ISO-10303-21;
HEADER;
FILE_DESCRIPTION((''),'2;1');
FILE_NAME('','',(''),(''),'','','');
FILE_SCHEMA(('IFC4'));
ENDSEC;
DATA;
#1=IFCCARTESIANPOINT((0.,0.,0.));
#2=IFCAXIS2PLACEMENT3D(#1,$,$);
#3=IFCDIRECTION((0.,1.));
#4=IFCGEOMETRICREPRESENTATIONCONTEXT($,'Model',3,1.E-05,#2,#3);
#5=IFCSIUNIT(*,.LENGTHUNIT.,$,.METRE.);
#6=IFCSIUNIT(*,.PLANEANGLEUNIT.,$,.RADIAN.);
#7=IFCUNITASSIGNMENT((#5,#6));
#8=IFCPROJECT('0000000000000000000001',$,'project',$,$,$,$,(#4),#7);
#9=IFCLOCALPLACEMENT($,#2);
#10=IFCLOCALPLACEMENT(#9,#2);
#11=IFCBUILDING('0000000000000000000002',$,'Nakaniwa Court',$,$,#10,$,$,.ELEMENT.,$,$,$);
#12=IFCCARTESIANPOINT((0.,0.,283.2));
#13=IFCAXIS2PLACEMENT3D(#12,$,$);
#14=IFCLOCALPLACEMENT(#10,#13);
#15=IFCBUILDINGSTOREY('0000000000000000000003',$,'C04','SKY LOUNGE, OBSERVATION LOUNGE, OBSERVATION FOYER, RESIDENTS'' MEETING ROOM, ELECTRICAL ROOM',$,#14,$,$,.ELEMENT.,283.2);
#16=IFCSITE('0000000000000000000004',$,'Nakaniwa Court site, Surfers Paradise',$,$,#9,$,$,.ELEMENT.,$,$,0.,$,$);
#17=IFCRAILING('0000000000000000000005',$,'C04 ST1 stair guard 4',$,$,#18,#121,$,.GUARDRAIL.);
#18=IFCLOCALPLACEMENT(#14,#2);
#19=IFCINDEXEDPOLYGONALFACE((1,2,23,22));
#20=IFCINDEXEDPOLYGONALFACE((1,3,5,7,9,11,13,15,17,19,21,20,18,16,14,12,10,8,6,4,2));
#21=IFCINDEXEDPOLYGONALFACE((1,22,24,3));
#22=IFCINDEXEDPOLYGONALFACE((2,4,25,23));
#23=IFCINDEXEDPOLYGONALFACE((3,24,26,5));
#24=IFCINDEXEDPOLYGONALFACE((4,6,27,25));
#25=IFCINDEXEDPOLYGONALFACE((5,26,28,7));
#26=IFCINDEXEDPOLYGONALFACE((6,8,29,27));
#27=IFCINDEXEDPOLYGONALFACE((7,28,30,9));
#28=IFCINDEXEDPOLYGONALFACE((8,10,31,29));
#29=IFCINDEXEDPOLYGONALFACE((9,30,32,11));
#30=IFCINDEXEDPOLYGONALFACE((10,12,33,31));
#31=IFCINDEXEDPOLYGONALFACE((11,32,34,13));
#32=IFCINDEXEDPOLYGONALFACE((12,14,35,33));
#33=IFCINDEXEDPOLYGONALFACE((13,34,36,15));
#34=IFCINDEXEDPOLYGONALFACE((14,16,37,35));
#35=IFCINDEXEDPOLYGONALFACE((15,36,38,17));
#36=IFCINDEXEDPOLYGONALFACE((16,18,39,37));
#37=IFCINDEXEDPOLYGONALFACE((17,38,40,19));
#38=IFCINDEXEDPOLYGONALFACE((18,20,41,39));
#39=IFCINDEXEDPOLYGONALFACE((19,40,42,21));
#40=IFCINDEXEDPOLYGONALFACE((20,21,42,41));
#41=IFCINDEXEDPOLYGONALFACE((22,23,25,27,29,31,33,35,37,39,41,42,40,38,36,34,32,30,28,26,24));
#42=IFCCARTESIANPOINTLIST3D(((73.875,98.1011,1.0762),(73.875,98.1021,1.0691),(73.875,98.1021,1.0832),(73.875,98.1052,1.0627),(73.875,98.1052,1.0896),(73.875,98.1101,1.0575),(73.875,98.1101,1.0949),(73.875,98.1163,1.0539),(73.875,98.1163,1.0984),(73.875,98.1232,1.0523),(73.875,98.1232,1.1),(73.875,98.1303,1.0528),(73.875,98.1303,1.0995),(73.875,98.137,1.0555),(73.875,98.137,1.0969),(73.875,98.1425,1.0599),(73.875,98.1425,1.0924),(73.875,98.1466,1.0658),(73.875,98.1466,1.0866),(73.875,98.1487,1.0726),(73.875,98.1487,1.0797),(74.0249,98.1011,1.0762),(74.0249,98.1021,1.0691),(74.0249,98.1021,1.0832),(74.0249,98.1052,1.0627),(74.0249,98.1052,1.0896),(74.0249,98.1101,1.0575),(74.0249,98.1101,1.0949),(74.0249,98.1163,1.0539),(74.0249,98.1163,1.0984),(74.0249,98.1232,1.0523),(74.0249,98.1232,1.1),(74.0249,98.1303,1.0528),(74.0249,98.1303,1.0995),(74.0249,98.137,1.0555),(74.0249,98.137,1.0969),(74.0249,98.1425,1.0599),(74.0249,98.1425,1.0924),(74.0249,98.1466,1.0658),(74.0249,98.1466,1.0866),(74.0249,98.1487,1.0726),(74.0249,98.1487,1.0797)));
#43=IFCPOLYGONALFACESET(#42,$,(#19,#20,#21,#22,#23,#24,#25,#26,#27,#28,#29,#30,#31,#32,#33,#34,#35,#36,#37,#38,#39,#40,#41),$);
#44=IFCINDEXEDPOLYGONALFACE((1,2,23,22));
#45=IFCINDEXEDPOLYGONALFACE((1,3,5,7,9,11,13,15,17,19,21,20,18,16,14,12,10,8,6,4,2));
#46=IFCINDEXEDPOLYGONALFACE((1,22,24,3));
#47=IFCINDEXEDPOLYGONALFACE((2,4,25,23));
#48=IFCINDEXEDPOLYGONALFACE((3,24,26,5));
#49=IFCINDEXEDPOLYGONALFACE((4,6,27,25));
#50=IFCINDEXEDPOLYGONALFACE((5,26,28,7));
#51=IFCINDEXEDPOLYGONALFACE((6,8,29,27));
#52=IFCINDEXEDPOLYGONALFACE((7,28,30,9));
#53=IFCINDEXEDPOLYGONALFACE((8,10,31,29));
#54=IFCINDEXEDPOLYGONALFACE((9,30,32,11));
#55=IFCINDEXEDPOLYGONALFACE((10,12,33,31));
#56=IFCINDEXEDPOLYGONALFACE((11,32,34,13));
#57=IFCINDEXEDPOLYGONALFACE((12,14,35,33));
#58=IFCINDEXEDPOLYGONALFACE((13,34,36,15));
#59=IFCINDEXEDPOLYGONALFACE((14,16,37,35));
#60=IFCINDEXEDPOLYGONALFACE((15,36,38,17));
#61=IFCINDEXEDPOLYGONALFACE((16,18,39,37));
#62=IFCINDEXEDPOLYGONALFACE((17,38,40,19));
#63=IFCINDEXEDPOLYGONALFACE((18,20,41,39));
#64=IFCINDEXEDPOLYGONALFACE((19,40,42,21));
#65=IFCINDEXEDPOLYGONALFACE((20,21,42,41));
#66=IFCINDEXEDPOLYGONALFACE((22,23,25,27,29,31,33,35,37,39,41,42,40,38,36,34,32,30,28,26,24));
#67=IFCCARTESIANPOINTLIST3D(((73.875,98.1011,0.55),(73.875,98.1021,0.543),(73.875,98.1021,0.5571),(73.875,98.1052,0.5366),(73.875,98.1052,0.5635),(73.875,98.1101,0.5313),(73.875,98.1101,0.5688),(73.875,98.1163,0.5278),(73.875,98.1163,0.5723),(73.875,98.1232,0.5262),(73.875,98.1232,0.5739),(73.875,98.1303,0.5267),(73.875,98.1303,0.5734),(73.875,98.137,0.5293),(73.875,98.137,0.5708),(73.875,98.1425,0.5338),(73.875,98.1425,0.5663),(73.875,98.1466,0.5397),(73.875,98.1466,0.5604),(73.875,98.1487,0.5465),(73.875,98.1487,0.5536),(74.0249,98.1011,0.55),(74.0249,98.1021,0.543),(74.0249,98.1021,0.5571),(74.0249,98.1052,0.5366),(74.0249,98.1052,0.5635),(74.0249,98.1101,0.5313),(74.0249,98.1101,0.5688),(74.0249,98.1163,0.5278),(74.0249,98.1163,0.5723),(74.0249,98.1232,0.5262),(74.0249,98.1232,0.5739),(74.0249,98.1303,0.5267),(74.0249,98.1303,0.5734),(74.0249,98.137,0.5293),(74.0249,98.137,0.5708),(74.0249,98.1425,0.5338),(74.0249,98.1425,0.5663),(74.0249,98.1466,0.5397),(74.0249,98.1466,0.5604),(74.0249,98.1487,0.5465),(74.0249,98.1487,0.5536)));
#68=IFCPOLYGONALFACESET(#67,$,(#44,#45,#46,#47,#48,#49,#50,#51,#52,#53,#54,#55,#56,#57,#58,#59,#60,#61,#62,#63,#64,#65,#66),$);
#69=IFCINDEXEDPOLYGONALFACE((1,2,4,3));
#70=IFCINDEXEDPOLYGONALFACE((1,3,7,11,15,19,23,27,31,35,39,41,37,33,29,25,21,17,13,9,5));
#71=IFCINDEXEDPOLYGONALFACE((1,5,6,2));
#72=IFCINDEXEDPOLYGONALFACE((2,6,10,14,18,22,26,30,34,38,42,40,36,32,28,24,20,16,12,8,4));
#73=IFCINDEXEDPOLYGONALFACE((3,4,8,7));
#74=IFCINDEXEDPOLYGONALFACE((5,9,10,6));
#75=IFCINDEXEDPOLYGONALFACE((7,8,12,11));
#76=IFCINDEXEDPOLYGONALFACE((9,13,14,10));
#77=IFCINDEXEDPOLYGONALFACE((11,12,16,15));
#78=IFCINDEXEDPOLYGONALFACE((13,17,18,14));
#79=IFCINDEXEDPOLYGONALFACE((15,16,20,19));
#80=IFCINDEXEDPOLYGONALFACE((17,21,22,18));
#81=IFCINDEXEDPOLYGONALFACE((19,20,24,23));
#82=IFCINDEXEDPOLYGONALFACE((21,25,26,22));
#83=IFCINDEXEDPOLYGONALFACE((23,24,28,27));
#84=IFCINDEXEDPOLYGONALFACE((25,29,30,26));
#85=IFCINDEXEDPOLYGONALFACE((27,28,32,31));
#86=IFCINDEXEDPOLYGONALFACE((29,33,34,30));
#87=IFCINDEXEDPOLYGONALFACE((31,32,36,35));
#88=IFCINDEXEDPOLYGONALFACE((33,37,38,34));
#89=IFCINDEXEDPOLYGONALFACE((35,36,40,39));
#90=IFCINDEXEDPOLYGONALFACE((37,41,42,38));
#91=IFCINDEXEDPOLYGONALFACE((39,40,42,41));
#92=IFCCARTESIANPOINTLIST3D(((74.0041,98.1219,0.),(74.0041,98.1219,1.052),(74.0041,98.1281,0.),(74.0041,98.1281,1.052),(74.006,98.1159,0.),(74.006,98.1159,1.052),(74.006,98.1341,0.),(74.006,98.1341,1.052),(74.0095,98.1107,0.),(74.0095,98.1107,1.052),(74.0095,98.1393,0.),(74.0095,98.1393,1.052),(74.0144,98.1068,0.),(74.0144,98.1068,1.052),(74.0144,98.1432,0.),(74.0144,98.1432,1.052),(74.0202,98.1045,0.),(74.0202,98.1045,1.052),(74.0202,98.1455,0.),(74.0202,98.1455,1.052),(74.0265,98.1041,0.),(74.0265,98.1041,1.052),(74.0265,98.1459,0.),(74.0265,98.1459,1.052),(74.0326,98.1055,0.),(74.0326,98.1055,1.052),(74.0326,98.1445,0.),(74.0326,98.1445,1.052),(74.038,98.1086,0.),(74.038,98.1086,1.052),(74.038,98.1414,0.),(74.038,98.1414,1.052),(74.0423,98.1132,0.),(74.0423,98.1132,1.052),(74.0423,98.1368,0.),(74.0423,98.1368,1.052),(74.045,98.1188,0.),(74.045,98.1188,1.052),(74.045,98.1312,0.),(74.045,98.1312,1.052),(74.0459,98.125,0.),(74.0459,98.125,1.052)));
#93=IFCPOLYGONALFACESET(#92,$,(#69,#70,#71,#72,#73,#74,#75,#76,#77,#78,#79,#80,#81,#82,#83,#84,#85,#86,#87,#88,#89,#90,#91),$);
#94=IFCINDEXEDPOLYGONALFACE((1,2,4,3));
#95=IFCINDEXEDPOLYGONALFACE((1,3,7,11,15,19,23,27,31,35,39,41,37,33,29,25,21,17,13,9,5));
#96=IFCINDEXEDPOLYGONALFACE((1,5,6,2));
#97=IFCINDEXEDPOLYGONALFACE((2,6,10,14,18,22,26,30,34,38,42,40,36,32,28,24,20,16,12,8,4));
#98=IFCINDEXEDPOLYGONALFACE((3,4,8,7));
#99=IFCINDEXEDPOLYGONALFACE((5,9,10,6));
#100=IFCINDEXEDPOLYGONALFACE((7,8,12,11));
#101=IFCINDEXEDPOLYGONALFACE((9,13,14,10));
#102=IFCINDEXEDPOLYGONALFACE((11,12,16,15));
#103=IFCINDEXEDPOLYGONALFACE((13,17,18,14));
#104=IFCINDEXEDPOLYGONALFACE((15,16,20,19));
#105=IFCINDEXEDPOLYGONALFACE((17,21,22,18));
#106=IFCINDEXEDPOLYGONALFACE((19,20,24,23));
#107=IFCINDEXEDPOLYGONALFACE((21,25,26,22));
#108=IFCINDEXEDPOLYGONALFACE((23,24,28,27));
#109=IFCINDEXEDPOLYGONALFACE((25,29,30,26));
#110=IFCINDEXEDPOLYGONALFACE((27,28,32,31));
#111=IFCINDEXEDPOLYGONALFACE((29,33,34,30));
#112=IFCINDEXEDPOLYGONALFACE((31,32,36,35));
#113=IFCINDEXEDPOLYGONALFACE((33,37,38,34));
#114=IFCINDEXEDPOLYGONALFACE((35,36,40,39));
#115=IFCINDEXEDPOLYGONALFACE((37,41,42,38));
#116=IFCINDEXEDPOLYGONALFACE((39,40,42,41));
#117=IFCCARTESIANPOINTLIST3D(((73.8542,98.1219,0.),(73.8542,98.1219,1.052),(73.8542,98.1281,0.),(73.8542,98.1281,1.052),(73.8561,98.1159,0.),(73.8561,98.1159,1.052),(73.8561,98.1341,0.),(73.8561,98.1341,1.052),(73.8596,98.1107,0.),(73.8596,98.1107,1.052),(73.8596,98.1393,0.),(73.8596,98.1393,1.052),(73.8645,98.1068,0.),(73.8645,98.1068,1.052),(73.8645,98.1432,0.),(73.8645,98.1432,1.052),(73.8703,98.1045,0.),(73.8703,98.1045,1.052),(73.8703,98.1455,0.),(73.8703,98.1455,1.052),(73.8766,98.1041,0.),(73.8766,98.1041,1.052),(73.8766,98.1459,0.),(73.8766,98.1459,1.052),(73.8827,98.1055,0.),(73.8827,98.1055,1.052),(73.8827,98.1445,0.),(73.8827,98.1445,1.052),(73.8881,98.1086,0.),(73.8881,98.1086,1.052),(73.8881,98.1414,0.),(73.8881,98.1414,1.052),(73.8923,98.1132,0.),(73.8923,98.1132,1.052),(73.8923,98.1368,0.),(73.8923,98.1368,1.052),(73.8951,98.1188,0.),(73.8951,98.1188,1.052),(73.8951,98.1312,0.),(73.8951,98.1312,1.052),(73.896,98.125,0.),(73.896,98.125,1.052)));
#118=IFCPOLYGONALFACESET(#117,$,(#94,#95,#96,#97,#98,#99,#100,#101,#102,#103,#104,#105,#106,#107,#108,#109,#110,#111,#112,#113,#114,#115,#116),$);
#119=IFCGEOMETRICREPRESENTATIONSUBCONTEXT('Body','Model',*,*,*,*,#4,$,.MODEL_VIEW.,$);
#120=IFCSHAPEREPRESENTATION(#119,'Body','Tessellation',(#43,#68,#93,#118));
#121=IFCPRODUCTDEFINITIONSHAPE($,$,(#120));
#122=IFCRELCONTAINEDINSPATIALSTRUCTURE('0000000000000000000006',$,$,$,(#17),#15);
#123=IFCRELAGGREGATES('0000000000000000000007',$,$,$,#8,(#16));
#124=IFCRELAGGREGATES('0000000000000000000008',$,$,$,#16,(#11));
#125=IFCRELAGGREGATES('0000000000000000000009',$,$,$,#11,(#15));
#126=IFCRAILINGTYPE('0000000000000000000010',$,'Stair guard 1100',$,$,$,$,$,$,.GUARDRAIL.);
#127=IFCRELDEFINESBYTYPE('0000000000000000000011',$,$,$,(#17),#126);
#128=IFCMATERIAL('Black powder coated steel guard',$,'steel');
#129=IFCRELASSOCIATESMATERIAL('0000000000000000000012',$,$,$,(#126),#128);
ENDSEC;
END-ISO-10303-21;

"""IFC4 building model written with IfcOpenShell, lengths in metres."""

from ifc_helpers import new_model, si_unit, direction, frame, origin, origin_2d, place, context, subcontext, project, spatial, circle, extrude, material, type_object, element, save


model = new_model("IFC4")

# Units and contexts
model_context = context("Model", 3, precision=1e-05, world=origin(), true_north=direction((0.0, 1.0)))
body_context = subcontext(model_context, "Body", "Model", "MODEL_VIEW")
ifc_project = project(units=[si_unit("LENGTHUNIT", "METRE"), si_unit("PLANEANGLEUNIT", "RADIAN")], contexts=[model_context])

# Site, building, storey
site_placement = place(None, origin())
site = spatial("IfcSite", under=ifc_project, at=site_placement, Name="Nakaniwa Court site, Surfers Paradise", CompositionType="ELEMENT", RefElevation=0.0)
building_placement = place(site_placement, origin())
building = spatial("IfcBuilding", under=site, at=building_placement, Name="Nakaniwa Court", CompositionType="ELEMENT")
storey_placement = place(building_placement, frame((0.0, 0.0, 283.2)))
storey = spatial("IfcBuildingStorey", under=building, at=storey_placement, Name="C04", Description="SKY LOUNGE, OBSERVATION LOUNGE, OBSERVATION FOYER, RESIDENTS' MEETING ROOM, ELECTRICAL ROOM", CompositionType="ELEMENT", Elevation=283.2)

# Railing
ifc_material_1 = material(Name="Black powder coated steel guard", Category="steel")
railing_type_1 = type_object("IfcRailingType", Name="Stair guard 1100", PredefinedType="GUARDRAIL", material=ifc_material_1)
railing_1_placement = place(storey_placement, frame((74.0249, 98.125, 0.0)))
element("IfcRailing", 1, at=railing_1_placement, inside=storey, type_object=railing_type_1, Name="C04 ST1 stair guard 4", PredefinedType="GUARDRAIL", context=body_context, shape_type="SweptSolid", body=[
    extrude(circle(Radius=0.0239, at=origin_2d()), frame((0.0, 0.0, 1.0762), z_axis=(-1.0, 0.0, 0.0), x_axis=(0.0, -1.0, 0.0)), (0.0, 0.0, 1.0), 0.1499),
    extrude(circle(Radius=0.0239, at=origin_2d()), frame((0.0, 0.0, 0.55), z_axis=(-1.0, 0.0, 0.0), x_axis=(0.0, -1.0, 0.0)), (0.0, 0.0, 1.0), 0.1499),
    extrude(circle(Radius=0.021, at=origin_2d()), origin(), (0.0, 0.0, 1.0), 1.052),
    extrude(circle(Radius=0.021, at=origin_2d()), frame((-0.1499, 0.0, 0.0)), (0.0, 0.0, 1.0), 1.052),
])

save(model, "model.ifc")
